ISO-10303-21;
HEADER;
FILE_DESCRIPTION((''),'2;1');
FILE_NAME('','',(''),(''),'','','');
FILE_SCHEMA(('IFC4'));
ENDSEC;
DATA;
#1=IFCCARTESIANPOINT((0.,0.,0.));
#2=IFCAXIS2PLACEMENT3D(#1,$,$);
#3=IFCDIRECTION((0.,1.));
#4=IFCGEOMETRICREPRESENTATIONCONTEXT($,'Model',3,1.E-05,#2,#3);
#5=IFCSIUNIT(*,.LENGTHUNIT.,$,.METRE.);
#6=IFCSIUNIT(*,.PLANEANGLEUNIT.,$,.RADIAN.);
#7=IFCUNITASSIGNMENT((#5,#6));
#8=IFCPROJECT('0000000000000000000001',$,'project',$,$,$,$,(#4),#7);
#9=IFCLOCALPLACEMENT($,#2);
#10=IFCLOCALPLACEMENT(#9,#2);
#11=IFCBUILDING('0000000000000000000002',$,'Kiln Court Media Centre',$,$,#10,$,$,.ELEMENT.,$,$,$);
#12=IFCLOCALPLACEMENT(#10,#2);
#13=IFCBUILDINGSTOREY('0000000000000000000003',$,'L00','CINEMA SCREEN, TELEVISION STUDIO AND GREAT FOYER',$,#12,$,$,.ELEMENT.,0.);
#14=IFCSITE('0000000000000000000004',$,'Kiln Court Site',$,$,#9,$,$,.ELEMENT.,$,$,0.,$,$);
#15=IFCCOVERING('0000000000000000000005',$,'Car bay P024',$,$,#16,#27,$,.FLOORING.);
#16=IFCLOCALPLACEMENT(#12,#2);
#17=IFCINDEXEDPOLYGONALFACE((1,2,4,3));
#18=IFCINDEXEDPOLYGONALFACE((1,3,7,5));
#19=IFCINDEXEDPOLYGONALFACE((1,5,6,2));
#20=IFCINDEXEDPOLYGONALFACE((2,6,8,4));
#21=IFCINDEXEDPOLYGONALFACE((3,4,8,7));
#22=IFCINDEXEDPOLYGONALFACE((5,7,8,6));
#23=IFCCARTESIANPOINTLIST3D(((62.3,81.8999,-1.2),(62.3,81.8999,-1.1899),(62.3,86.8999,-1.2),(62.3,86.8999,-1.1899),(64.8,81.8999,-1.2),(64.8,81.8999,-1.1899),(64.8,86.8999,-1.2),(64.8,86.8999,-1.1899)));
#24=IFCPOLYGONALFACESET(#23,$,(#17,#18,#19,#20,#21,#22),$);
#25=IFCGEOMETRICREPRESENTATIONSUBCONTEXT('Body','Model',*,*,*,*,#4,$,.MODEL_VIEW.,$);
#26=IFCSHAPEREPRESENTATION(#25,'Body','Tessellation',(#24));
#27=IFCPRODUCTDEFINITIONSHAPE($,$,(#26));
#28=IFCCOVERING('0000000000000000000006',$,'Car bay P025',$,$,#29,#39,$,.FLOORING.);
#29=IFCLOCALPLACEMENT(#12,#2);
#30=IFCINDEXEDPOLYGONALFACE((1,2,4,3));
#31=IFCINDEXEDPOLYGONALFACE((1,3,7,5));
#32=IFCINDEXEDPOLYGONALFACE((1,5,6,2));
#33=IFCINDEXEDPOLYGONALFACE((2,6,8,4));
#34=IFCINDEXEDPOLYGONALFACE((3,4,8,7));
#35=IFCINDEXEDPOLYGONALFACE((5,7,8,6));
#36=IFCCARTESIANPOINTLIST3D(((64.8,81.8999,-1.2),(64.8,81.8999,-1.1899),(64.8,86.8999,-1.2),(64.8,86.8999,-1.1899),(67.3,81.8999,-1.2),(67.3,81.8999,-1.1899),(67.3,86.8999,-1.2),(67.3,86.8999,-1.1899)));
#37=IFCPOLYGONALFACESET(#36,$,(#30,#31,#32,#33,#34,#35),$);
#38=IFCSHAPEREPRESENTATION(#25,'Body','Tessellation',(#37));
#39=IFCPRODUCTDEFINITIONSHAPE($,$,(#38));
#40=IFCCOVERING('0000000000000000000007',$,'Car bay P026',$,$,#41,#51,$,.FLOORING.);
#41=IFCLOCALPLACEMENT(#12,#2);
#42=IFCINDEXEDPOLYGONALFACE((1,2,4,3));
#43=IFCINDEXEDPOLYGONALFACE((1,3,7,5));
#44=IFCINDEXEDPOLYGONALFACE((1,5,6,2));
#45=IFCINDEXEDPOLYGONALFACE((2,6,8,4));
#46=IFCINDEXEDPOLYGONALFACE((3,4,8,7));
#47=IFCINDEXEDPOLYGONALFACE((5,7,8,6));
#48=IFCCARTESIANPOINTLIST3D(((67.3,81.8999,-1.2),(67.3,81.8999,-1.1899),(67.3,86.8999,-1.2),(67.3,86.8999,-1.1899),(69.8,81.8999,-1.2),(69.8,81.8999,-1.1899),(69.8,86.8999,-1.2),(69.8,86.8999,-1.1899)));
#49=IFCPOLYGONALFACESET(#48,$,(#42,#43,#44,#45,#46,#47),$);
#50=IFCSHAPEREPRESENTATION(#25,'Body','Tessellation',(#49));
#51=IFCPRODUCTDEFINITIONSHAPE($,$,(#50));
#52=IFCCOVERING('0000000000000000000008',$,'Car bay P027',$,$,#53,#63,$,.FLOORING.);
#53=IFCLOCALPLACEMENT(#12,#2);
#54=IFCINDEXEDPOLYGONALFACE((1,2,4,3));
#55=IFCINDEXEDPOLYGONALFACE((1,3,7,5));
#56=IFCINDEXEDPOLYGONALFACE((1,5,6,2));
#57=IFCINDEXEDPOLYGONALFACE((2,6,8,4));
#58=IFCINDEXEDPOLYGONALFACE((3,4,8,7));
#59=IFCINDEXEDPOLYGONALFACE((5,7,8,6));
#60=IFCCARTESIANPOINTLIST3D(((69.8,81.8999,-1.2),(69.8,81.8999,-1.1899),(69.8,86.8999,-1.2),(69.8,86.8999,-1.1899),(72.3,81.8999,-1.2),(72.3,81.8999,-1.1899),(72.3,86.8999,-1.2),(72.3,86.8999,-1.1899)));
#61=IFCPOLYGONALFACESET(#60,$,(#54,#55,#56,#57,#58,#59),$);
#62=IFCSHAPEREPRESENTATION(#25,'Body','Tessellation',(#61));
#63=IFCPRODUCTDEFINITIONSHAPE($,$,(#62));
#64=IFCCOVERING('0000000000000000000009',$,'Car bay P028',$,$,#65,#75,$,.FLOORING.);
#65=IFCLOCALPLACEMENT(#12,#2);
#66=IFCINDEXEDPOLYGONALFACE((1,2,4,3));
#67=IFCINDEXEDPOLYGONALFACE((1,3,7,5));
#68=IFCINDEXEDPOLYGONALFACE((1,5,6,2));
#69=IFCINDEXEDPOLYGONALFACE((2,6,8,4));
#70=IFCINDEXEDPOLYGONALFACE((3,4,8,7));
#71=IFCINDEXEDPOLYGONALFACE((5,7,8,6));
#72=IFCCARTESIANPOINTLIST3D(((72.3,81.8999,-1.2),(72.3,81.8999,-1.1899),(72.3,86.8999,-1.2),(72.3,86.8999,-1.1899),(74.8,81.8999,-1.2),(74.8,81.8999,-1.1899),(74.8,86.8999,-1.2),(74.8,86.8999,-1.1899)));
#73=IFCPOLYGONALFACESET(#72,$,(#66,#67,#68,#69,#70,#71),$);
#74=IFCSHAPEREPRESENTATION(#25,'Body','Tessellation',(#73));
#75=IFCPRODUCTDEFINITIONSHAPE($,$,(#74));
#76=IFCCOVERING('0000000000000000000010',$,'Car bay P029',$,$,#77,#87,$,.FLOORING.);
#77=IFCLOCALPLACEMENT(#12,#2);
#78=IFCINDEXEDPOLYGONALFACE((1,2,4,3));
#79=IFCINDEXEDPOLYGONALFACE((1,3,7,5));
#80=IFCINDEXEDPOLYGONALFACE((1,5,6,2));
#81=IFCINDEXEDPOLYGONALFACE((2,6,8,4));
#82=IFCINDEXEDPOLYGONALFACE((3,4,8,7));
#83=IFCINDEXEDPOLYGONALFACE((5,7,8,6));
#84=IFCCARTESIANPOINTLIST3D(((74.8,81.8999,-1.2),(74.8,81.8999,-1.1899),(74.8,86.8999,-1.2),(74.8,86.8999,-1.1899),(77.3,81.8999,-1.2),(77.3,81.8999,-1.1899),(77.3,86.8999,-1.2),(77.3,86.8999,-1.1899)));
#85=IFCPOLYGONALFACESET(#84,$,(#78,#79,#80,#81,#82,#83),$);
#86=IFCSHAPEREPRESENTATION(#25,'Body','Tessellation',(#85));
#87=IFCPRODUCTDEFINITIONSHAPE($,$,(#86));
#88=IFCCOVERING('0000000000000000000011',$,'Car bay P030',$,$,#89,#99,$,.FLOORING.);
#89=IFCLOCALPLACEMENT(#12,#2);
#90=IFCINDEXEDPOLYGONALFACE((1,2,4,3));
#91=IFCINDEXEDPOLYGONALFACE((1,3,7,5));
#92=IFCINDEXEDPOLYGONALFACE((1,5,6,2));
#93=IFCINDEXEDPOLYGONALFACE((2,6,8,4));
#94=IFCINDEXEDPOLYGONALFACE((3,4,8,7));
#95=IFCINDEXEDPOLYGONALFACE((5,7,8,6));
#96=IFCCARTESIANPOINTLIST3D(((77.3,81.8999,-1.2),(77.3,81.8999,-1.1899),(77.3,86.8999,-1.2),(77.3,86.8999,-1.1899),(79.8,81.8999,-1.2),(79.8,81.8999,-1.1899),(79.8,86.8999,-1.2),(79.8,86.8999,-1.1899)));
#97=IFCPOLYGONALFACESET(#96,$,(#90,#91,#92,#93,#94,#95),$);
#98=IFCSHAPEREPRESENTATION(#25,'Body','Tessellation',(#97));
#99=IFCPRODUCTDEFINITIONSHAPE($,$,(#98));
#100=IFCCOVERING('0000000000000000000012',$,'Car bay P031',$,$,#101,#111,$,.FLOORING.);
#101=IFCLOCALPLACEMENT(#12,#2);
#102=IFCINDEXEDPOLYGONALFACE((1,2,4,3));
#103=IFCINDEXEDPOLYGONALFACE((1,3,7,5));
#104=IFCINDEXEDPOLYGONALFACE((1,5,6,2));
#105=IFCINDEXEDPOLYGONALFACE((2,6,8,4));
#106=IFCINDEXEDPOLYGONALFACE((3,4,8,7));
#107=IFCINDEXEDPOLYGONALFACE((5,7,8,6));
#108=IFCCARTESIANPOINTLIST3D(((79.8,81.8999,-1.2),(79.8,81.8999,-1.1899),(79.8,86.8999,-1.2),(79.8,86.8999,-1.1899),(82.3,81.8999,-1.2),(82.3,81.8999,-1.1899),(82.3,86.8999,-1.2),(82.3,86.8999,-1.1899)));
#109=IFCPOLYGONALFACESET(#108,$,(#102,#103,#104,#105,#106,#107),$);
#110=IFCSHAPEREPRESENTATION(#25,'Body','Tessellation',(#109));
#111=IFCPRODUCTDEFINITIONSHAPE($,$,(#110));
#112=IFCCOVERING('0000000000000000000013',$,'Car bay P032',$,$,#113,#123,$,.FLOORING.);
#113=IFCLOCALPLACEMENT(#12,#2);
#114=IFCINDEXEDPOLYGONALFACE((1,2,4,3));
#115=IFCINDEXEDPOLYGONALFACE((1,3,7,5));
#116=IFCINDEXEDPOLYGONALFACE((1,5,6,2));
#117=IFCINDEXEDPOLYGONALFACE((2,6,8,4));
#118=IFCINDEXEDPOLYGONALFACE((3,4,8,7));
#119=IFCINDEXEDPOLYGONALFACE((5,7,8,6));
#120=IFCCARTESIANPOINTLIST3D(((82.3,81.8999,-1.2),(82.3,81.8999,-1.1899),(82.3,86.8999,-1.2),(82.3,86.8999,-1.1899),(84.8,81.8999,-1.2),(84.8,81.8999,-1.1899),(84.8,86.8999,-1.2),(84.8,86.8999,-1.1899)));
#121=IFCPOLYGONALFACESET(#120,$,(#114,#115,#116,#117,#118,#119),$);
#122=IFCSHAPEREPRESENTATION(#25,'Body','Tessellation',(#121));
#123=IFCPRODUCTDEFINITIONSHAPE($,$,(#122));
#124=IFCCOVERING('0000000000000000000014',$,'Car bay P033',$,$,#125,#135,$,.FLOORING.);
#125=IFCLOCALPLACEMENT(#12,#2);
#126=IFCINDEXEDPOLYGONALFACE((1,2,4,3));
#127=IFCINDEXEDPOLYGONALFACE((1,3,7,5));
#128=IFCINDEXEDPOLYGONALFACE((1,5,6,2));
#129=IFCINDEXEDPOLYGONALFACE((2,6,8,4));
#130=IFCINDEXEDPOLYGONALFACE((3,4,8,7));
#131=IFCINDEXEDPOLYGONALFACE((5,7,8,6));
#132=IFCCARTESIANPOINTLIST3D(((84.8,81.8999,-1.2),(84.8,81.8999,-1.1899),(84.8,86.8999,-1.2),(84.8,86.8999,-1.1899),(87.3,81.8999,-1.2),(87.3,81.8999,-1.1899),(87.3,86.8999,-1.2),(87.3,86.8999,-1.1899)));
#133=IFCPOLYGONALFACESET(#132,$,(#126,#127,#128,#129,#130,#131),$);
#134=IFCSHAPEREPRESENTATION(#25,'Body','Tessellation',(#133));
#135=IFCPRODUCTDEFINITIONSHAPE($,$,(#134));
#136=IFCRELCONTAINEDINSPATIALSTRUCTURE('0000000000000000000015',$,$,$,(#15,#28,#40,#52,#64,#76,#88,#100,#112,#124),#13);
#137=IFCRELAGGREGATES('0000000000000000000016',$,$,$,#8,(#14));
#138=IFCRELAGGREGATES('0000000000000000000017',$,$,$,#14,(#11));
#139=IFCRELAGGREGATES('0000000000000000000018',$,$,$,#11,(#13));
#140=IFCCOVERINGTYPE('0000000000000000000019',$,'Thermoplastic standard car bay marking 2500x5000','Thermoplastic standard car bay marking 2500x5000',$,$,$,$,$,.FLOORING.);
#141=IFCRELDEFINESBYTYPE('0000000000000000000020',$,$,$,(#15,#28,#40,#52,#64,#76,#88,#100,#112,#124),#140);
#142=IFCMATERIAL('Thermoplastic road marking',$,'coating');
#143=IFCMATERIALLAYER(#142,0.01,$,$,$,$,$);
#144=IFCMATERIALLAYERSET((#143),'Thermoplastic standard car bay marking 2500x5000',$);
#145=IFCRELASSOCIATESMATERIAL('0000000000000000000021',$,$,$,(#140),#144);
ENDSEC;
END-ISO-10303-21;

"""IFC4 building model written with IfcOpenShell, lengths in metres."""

from ifc_helpers import new_model, si_unit, direction, frame, origin, place, context, subcontext, project, spatial, polyline, outline, extrude, material, layer, layer_set, type_object, element, save


model = new_model("IFC4")

# Units and contexts
model_context = context("Model", 3, precision=1e-05, world=origin(), true_north=direction((0.0, 1.0)))
body_context = subcontext(model_context, "Body", "Model", "MODEL_VIEW")
ifc_project = project(units=[si_unit("LENGTHUNIT", "METRE"), si_unit("PLANEANGLEUNIT", "RADIAN")], contexts=[model_context])

# Site, building, storey
site_placement = place(None, origin())
site = spatial("IfcSite", under=ifc_project, at=site_placement, Name="Kiln Court Site", CompositionType="ELEMENT", RefElevation=0.0)
building_placement = place(site_placement, origin())
building = spatial("IfcBuilding", under=site, at=building_placement, Name="Kiln Court Media Centre", CompositionType="ELEMENT")
storey_placement = place(building_placement, origin())
storey = spatial("IfcBuildingStorey", under=building, at=storey_placement, Name="L00", Description="CINEMA SCREEN, TELEVISION STUDIO AND GREAT FOYER", CompositionType="ELEMENT", Elevation=0.0)

# Coverings
ifc_material = material(Name="Thermoplastic road marking", Category="coating")
ifc_layer = layer(ifc_material, 0.01)
ifc_layer_set = layer_set([ifc_layer], Name="Thermoplastic standard car bay marking 2500x5000")
covering_type = type_object("IfcCoveringType", Name="Thermoplastic standard car bay marking 2500x5000", Description="Thermoplastic standard car bay marking 2500x5000", PredefinedType="FLOORING", material=ifc_layer_set)
covering_1_placement = place(storey_placement, frame((0.0, 0.0, -1.2)))
element("IfcCovering", 1, at=covering_1_placement, inside=storey, type_object=covering_type, Name="Car bay P024", PredefinedType="FLOORING", context=body_context, shape_type="SweptSolid", body=[
    extrude(outline(polyline([(62.3, 81.8999), (64.8, 81.8999), (64.8, 86.8999), (62.3, 86.8999), (62.3, 81.8999)])), origin(), (0.0, 0.0, 1.0), 0.01),
])
covering_2_placement = place(storey_placement, frame((0.0, 0.0, -1.2)))
element("IfcCovering", 2, at=covering_2_placement, inside=storey, type_object=covering_type, Name="Car bay P025", PredefinedType="FLOORING", context=body_context, shape_type="SweptSolid", body=[
    extrude(outline(polyline([(64.8, 81.8999), (67.3, 81.8999), (67.3, 86.8999), (64.8, 86.8999), (64.8, 81.8999)])), origin(), (0.0, 0.0, 1.0), 0.01),
])
covering_3_placement = place(storey_placement, frame((0.0, 0.0, -1.2)))
element("IfcCovering", 3, at=covering_3_placement, inside=storey, type_object=covering_type, Name="Car bay P026", PredefinedType="FLOORING", context=body_context, shape_type="SweptSolid", body=[
    extrude(outline(polyline([(67.3, 81.8999), (69.8, 81.8999), (69.8, 86.8999), (67.3, 86.8999), (67.3, 81.8999)])), origin(), (0.0, 0.0, 1.0), 0.01),
])
covering_4_placement = place(storey_placement, frame((0.0, 0.0, -1.2)))
element("IfcCovering", 4, at=covering_4_placement, inside=storey, type_object=covering_type, Name="Car bay P027", PredefinedType="FLOORING", context=body_context, shape_type="SweptSolid", body=[
    extrude(outline(polyline([(69.8, 81.8999), (72.3, 81.8999), (72.3, 86.8999), (69.8, 86.8999), (69.8, 81.8999)])), origin(), (0.0, 0.0, 1.0), 0.01),
])
covering_5_placement = place(storey_placement, frame((0.0, 0.0, -1.2)))
element("IfcCovering", 5, at=covering_5_placement, inside=storey, type_object=covering_type, Name="Car bay P028", PredefinedType="FLOORING", context=body_context, shape_type="SweptSolid", body=[
    extrude(outline(polyline([(72.3, 81.8999), (74.8, 81.8999), (74.8, 86.8999), (72.3, 86.8999), (72.3, 81.8999)])), origin(), (0.0, 0.0, 1.0), 0.01),
])
covering_6_placement = place(storey_placement, frame((0.0, 0.0, -1.2)))
element("IfcCovering", 6, at=covering_6_placement, inside=storey, type_object=covering_type, Name="Car bay P029", PredefinedType="FLOORING", context=body_context, shape_type="SweptSolid", body=[
    extrude(outline(polyline([(74.8, 81.8999), (77.3, 81.8999), (77.3, 86.8999), (74.8, 86.8999), (74.8, 81.8999)])), origin(), (0.0, 0.0, 1.0), 0.01),
])
covering_7_placement = place(storey_placement, frame((0.0, 0.0, -1.2)))
element("IfcCovering", 7, at=covering_7_placement, inside=storey, type_object=covering_type, Name="Car bay P030", PredefinedType="FLOORING", context=body_context, shape_type="SweptSolid", body=[
    extrude(outline(polyline([(77.3, 81.8999), (79.8, 81.8999), (79.8, 86.8999), (77.3, 86.8999), (77.3, 81.8999)])), origin(), (0.0, 0.0, 1.0), 0.01),
])
covering_8_placement = place(storey_placement, frame((0.0, 0.0, -1.2)))
element("IfcCovering", 8, at=covering_8_placement, inside=storey, type_object=covering_type, Name="Car bay P031", PredefinedType="FLOORING", context=body_context, shape_type="SweptSolid", body=[
    extrude(outline(polyline([(79.8, 81.8999), (82.3, 81.8999), (82.3, 86.8999), (79.8, 86.8999), (79.8, 81.8999)])), origin(), (0.0, 0.0, 1.0), 0.01),
])
covering_9_placement = place(storey_placement, frame((0.0, 0.0, -1.2)))
element("IfcCovering", 9, at=covering_9_placement, inside=storey, type_object=covering_type, Name="Car bay P032", PredefinedType="FLOORING", context=body_context, shape_type="SweptSolid", body=[
    extrude(outline(polyline([(82.3, 81.8999), (84.8, 81.8999), (84.8, 86.8999), (82.3, 86.8999), (82.3, 81.8999)])), origin(), (0.0, 0.0, 1.0), 0.01),
])
covering_10_placement = place(storey_placement, frame((0.0, 0.0, -1.2)))
element("IfcCovering", 10, at=covering_10_placement, inside=storey, type_object=covering_type, Name="Car bay P033", PredefinedType="FLOORING", context=body_context, shape_type="SweptSolid", body=[
    extrude(outline(polyline([(84.8, 81.8999), (87.3, 81.8999), (87.3, 86.8999), (84.8, 86.8999), (84.8, 81.8999)])), origin(), (0.0, 0.0, 1.0), 0.01),
])

save(model, "model.ifc")
